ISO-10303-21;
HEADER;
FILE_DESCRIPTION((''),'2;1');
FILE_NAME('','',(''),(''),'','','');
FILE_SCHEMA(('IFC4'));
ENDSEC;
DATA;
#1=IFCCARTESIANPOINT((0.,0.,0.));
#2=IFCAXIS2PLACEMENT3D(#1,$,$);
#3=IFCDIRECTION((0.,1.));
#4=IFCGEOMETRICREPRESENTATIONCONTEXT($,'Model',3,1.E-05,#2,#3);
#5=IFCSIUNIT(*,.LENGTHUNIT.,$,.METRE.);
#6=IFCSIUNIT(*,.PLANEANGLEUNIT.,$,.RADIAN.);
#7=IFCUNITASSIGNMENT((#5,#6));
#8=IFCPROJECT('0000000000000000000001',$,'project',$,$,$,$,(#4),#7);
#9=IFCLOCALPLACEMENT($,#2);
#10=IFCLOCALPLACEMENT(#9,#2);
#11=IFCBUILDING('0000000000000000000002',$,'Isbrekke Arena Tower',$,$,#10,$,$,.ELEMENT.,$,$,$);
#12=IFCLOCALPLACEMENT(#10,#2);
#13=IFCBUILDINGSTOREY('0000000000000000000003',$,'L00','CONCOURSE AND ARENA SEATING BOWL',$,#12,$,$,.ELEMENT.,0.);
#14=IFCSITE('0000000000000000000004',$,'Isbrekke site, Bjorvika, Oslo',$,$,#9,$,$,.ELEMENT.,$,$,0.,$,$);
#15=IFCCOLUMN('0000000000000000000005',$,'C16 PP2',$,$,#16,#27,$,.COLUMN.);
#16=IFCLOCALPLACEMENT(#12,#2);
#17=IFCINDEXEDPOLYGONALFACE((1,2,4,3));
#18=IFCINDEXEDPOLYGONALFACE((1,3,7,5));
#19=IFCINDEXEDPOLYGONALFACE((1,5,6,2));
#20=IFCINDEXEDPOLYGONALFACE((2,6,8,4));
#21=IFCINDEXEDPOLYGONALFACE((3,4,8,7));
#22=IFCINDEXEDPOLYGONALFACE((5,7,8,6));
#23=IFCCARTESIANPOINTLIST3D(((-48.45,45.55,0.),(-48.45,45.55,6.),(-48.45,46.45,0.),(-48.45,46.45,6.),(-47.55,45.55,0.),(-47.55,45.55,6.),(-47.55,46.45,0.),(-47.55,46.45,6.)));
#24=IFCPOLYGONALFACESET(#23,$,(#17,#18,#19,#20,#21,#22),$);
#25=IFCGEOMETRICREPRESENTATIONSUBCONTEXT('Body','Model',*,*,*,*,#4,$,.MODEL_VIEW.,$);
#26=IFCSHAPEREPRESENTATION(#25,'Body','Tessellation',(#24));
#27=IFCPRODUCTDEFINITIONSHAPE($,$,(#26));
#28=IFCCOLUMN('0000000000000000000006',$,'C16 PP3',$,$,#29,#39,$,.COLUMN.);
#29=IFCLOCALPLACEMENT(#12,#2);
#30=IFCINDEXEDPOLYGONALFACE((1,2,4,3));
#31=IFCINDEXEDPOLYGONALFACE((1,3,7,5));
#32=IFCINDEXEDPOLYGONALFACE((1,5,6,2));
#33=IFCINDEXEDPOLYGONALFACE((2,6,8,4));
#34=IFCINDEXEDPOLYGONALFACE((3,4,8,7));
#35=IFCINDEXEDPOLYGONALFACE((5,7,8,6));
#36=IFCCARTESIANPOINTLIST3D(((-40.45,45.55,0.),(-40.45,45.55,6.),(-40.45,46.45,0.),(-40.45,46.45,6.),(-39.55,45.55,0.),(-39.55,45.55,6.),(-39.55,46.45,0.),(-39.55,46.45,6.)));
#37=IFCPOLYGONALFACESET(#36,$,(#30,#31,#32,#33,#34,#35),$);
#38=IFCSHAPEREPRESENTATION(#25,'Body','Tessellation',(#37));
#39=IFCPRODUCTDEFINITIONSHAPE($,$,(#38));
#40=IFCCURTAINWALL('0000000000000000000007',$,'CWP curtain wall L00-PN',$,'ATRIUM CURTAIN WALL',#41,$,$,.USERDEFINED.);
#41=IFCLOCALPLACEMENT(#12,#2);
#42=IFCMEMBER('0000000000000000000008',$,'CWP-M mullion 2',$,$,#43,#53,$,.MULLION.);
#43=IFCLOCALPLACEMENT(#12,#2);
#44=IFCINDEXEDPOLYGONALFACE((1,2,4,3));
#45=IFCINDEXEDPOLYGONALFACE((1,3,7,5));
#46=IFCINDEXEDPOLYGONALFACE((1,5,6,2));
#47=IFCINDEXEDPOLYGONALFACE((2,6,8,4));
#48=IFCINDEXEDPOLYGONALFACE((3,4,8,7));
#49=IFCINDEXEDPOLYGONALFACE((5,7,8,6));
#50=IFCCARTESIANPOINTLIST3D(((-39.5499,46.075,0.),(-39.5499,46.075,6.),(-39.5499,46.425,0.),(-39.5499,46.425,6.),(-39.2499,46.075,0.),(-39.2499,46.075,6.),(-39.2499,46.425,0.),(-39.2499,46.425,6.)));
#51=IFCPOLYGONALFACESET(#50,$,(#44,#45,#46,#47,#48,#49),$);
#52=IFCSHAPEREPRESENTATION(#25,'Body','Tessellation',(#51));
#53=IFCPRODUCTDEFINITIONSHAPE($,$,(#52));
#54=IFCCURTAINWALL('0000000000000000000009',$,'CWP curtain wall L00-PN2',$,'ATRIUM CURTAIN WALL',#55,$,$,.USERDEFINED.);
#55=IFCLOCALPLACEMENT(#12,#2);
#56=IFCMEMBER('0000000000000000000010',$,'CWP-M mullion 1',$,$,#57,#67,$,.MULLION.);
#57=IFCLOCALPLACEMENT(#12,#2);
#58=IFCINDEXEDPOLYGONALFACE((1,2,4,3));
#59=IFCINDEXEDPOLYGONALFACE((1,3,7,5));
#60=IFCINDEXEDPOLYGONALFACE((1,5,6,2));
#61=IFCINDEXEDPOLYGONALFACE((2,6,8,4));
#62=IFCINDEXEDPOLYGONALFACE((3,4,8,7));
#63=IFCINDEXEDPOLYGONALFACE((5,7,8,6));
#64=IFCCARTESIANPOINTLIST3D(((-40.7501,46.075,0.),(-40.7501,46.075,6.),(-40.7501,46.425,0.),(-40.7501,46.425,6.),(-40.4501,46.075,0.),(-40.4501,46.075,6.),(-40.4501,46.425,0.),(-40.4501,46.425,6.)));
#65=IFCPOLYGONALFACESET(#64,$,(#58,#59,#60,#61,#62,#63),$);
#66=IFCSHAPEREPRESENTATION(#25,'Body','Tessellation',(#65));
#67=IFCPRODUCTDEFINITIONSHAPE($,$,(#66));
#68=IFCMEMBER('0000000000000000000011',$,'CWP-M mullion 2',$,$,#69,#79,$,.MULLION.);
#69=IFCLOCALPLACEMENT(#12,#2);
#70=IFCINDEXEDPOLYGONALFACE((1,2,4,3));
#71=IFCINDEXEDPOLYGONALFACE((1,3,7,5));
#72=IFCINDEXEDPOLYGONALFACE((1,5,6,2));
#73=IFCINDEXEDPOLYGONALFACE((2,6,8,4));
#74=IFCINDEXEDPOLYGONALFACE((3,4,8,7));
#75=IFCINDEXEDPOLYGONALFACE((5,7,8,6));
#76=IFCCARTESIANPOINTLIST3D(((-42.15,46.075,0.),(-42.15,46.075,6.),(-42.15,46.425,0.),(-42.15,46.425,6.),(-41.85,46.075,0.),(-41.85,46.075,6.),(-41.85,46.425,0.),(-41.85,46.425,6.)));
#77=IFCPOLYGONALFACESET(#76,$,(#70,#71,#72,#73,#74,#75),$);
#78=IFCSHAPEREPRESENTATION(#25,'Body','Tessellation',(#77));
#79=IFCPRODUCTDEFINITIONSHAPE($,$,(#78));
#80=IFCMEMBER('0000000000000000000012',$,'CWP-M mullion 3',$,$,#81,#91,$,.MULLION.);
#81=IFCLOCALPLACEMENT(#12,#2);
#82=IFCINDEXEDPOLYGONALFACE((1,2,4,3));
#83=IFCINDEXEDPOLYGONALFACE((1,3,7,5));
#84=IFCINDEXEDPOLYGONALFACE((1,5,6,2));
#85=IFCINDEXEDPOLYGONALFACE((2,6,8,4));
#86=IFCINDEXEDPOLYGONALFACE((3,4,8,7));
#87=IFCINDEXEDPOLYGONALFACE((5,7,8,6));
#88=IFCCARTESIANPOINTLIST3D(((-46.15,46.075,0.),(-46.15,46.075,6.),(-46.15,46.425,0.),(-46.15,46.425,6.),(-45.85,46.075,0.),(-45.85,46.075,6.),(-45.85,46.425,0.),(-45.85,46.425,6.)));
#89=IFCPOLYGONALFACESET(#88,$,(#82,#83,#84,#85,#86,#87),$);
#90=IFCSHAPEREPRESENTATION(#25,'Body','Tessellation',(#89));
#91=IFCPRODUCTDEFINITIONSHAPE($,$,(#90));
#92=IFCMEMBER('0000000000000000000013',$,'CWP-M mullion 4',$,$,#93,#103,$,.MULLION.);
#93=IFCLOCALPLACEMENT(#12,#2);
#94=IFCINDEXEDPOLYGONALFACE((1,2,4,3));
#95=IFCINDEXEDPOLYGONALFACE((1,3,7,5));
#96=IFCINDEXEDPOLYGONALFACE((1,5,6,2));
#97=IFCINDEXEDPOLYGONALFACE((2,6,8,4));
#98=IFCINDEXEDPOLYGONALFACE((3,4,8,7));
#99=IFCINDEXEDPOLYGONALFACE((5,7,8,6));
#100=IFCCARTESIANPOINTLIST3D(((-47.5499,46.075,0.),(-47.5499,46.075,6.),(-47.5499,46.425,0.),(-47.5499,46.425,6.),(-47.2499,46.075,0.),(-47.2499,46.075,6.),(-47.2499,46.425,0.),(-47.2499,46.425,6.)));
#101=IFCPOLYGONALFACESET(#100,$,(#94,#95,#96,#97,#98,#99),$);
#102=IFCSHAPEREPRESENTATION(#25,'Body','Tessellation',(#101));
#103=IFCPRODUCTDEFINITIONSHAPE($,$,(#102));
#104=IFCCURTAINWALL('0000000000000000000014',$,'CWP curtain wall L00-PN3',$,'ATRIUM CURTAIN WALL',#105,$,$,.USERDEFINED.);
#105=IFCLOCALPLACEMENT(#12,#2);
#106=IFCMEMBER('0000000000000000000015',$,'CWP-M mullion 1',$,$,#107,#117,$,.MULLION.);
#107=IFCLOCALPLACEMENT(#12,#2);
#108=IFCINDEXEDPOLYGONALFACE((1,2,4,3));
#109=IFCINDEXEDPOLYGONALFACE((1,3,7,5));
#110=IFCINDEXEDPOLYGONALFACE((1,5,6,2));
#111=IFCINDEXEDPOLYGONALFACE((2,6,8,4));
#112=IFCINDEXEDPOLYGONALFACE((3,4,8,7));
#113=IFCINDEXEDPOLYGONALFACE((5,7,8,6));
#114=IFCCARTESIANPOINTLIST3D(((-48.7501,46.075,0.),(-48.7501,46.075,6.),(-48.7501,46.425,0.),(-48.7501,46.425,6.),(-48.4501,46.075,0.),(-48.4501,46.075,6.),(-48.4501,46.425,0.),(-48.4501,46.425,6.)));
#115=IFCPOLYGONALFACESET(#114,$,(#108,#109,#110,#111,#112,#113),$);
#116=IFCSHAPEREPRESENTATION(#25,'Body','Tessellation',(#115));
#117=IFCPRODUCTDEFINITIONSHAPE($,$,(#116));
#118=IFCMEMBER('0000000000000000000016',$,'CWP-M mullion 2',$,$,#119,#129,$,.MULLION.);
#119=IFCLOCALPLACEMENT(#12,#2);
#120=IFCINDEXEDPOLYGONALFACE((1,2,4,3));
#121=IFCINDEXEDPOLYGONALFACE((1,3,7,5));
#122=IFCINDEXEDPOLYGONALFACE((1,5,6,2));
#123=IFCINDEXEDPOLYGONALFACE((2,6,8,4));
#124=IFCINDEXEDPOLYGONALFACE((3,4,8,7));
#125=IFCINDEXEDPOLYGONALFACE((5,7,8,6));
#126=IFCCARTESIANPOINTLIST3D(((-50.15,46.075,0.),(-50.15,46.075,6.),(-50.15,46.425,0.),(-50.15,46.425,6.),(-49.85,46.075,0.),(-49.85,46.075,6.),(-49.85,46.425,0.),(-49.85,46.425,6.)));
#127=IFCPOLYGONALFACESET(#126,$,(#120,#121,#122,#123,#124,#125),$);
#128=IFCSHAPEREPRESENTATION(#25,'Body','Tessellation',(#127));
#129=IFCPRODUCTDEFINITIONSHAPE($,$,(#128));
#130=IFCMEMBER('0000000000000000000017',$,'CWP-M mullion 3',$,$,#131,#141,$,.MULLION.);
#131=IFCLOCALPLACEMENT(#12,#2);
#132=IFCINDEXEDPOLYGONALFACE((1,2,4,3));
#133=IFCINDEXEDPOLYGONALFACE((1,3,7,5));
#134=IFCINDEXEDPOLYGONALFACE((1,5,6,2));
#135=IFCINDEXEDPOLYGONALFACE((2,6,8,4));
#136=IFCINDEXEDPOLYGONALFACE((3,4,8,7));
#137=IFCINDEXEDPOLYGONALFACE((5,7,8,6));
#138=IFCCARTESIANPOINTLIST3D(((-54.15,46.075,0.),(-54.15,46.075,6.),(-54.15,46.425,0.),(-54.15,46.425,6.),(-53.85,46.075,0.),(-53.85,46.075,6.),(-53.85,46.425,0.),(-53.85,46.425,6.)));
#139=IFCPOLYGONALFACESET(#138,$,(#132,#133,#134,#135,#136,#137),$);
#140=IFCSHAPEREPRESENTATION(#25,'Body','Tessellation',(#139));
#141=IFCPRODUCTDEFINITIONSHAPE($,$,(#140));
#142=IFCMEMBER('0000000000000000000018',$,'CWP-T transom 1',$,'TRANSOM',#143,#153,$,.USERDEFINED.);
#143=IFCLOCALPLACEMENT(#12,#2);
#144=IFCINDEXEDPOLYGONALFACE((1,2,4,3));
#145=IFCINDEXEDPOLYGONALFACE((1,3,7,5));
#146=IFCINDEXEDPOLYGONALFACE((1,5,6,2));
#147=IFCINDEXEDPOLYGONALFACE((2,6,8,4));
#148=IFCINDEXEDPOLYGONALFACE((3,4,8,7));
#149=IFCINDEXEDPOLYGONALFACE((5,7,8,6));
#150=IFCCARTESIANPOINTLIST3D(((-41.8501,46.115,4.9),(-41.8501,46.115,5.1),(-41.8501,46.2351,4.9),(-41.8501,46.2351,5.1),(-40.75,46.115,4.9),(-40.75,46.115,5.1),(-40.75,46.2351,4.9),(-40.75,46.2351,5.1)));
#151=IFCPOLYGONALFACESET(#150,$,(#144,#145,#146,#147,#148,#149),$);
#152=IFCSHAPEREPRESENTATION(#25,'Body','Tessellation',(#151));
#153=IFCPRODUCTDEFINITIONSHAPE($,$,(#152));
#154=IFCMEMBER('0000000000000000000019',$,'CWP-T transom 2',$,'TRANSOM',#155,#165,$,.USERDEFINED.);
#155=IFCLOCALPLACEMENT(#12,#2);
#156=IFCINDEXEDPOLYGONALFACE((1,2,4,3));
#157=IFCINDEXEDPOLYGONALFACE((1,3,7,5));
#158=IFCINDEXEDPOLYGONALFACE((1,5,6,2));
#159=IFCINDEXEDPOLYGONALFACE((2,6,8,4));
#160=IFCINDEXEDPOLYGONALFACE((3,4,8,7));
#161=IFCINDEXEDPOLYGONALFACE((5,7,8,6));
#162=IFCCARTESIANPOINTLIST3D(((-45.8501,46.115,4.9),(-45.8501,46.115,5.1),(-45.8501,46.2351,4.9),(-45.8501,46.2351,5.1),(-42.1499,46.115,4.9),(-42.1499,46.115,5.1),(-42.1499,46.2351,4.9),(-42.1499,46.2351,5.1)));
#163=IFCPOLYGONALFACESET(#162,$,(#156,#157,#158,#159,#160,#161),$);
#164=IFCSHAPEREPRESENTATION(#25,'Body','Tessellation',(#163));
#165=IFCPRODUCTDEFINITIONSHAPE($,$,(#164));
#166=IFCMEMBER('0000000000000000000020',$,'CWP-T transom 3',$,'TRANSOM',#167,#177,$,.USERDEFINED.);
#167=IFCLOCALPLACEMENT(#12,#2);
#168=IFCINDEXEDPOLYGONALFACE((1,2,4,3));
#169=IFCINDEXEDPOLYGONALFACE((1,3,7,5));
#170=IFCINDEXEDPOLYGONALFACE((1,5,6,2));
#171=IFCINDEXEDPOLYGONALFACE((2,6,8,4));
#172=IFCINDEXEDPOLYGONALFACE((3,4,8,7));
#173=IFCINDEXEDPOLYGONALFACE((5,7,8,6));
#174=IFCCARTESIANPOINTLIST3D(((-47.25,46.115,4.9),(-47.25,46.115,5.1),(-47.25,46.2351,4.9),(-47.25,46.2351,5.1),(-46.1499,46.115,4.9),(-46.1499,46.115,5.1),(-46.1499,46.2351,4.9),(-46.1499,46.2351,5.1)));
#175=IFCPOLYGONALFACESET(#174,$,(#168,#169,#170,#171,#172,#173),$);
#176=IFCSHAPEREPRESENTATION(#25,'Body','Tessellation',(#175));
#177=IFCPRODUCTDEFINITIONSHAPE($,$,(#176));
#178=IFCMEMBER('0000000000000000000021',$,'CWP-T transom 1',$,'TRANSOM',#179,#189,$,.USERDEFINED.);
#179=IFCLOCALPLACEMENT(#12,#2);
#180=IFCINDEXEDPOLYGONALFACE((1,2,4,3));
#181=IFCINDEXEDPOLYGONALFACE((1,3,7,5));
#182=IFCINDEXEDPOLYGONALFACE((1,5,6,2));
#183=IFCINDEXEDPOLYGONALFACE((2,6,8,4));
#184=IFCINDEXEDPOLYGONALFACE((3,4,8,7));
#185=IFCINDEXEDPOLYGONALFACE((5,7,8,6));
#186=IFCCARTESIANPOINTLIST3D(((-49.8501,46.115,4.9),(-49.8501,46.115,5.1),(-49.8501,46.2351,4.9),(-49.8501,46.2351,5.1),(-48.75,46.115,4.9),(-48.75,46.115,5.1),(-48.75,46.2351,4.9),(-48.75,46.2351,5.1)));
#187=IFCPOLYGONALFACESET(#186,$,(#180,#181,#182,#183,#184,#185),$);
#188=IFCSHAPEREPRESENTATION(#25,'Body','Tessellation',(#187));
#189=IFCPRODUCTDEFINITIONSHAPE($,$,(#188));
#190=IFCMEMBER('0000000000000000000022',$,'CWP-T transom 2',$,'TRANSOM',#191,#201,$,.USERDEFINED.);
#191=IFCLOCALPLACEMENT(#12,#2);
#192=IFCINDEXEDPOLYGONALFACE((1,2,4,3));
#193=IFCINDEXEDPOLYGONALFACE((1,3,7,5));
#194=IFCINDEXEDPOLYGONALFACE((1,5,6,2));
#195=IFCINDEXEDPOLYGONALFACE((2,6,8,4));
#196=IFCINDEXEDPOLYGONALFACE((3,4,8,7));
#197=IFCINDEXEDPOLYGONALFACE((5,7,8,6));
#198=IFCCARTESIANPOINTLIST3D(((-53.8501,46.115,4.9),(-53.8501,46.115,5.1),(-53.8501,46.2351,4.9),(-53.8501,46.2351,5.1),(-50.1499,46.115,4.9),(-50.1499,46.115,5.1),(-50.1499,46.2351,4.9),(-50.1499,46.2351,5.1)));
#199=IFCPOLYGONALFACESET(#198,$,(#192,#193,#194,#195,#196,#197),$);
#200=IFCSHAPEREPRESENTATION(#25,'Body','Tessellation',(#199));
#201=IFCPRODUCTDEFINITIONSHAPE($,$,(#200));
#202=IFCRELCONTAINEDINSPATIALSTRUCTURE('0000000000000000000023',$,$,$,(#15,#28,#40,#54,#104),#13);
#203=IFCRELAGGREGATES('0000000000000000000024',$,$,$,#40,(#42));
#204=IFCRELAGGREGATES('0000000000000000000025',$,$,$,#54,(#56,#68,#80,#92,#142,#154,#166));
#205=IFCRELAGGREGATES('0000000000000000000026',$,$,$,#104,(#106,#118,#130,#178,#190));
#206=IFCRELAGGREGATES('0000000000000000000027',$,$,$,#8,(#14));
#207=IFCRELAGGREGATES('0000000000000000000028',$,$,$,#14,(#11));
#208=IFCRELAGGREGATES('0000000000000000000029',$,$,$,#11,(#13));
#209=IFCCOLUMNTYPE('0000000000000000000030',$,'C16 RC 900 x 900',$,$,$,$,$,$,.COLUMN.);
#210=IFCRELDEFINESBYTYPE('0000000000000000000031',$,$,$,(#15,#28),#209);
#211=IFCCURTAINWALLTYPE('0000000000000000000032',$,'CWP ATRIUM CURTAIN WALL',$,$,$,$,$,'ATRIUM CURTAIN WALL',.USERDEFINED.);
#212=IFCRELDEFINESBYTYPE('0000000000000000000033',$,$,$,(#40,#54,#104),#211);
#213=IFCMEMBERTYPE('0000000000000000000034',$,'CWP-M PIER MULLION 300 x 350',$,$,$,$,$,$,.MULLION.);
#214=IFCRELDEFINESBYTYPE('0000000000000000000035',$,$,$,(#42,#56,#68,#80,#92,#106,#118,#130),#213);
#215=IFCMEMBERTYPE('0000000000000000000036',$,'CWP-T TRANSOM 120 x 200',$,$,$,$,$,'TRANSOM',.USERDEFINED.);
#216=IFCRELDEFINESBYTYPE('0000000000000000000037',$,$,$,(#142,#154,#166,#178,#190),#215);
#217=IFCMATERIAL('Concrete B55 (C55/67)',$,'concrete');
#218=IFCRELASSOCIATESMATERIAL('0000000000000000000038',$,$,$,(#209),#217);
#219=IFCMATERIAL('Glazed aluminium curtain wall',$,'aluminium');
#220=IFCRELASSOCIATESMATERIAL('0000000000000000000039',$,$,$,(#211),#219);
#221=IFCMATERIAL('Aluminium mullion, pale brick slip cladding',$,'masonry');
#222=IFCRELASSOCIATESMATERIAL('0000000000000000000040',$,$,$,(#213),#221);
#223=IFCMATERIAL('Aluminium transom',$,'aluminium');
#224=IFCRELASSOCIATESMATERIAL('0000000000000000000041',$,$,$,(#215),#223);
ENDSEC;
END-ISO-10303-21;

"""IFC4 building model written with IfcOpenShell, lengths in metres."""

from ifc_helpers import new_model, si_unit, direction, frame, origin, origin_2d, place, context, subcontext, project, spatial, rectangle, extrude, material, material_profile, profile_set, type_object, element, aggregate, save


model = new_model("IFC4")

# Units and contexts
model_context = context("Model", 3, precision=1e-05, world=origin(), true_north=direction((0.0, 1.0)))
body_context = subcontext(model_context, "Body", "Model", "MODEL_VIEW")
ifc_project = project(units=[si_unit("LENGTHUNIT", "METRE"), si_unit("PLANEANGLEUNIT", "RADIAN")], contexts=[model_context])

# Site, building, storey
site_placement = place(None, origin())
site = spatial("IfcSite", under=ifc_project, at=site_placement, Name="Isbrekke site, Bjorvika, Oslo", CompositionType="ELEMENT", RefElevation=0.0)
building_placement = place(site_placement, origin())
building = spatial("IfcBuilding", under=site, at=building_placement, Name="Isbrekke Arena Tower", CompositionType="ELEMENT")
storey_placement = place(building_placement, origin())
storey = spatial("IfcBuildingStorey", under=building, at=storey_placement, Name="L00", Description="CONCOURSE AND ARENA SEATING BOWL", CompositionType="ELEMENT", Elevation=0.0)

# Columns
ifc_material_1 = material(Name="Concrete B55 (C55/67)", Category="concrete")
ifc_material_profile_1 = material_profile(ifc_material_1, rectangle(XDim=0.8999, YDim=0.8999, at=origin_2d()), Name="RC 900x900")
ifc_profile_set_1 = profile_set([ifc_material_profile_1], Name="Concrete B55 (C55/67)")
column_type = type_object("IfcColumnType", Name="C16 RC 900 x 900", PredefinedType="COLUMN", material=ifc_profile_set_1)
for number, where, z_axis, x_axis, name in (
    (1, (-48.0, 46.0, 0.0), (0.0, 0.0, 1.0), (1.0, 0.0, 0.0), "C16 PP2"),
    (2, (-40.0, 46.0, 0.0), (0.0, 0.0, 1.0), (1.0, 0.0, 0.0), "C16 PP3"),
):
    element("IfcColumn", number, at=place(storey_placement, frame(where, z_axis=z_axis, x_axis=x_axis)), inside=storey, type_object=column_type, Name=name, PredefinedType="COLUMN", context=body_context, shape_type="SweptSolid", body=[
        extrude(rectangle(XDim=0.8999, YDim=0.8999, at=origin_2d()), origin(), (0.0, 0.0, 1.0), 6.0),
    ])

# Curtain wall, member
ifc_material_2 = material(Name="Glazed aluminium curtain wall", Category="aluminium")
curtain_wall_type = type_object("IfcCurtainWallType", Name="CWP ATRIUM CURTAIN WALL", ElementType="ATRIUM CURTAIN WALL", PredefinedType="USERDEFINED", material=ifc_material_2)
curtain_wall_1_placement = place(storey_placement, origin())
curtain_wall_1 = element("IfcCurtainWall", 3, at=curtain_wall_1_placement, inside=storey, type_object=curtain_wall_type, Name="CWP curtain wall L00-PN", ObjectType="ATRIUM CURTAIN WALL", PredefinedType="USERDEFINED")
ifc_material_3 = material(Name="Aluminium mullion, pale brick slip cladding", Category="masonry")
ifc_material_profile_2 = material_profile(ifc_material_3, rectangle(XDim=0.3, YDim=0.3501, at=origin_2d()), Name="PIER 300X350")
ifc_profile_set_2 = profile_set([ifc_material_profile_2], Name="Aluminium mullion, pale brick slip cladding")
member_type_1 = type_object("IfcMemberType", Name="CWP-M PIER MULLION 300 x 350", PredefinedType="MULLION", material=ifc_profile_set_2)
member_1_placement = place(storey_placement, frame((-39.3999, 46.25, 0.0), z_axis=(0.0, 0.0, 1.0), x_axis=(-1.0, 0.0, 0.0)))
member_1 = element("IfcMember", 4, at=member_1_placement, type_object=member_type_1, Name="CWP-M mullion 2", PredefinedType="MULLION", context=body_context, shape_type="SweptSolid", body=[
    extrude(rectangle(XDim=0.3, YDim=0.3501, at=origin_2d()), origin(), (0.0, 0.0, 1.0), 6.0),
])

# Curtain walls, members
curtain_wall_2_placement = place(storey_placement, origin())
curtain_wall_2 = element("IfcCurtainWall", 5, at=curtain_wall_2_placement, inside=storey, type_object=curtain_wall_type, Name="CWP curtain wall L00-PN2", ObjectType="ATRIUM CURTAIN WALL", PredefinedType="USERDEFINED")
member_2_placement = place(storey_placement, frame((-40.6001, 46.25, 0.0), z_axis=(0.0, 0.0, 1.0), x_axis=(-1.0, 0.0, 0.0)))
member_2 = element("IfcMember", 6, at=member_2_placement, type_object=member_type_1, Name="CWP-M mullion 1", PredefinedType="MULLION", context=body_context, shape_type="SweptSolid", body=[
    extrude(rectangle(XDim=0.3, YDim=0.3501, at=origin_2d()), origin(), (0.0, 0.0, 1.0), 6.0),
])
member_3_placement = place(storey_placement, frame((-42.0, 46.25, 0.0), z_axis=(0.0, 0.0, 1.0), x_axis=(-1.0, 0.0, 0.0)))
member_3 = element("IfcMember", 7, at=member_3_placement, type_object=member_type_1, Name="CWP-M mullion 2", PredefinedType="MULLION", context=body_context, shape_type="SweptSolid", body=[
    extrude(rectangle(XDim=0.3, YDim=0.3501, at=origin_2d()), origin(), (0.0, 0.0, 1.0), 6.0),
])
member_4_placement = place(storey_placement, frame((-46.0, 46.25, 0.0), z_axis=(0.0, 0.0, 1.0), x_axis=(-1.0, 0.0, 0.0)))
member_4 = element("IfcMember", 8, at=member_4_placement, type_object=member_type_1, Name="CWP-M mullion 3", PredefinedType="MULLION", context=body_context, shape_type="SweptSolid", body=[
    extrude(rectangle(XDim=0.3, YDim=0.3501, at=origin_2d()), origin(), (0.0, 0.0, 1.0), 6.0),
])
member_5_placement = place(storey_placement, frame((-47.3999, 46.25, 0.0), z_axis=(0.0, 0.0, 1.0), x_axis=(-1.0, 0.0, 0.0)))
member_5 = element("IfcMember", 9, at=member_5_placement, type_object=member_type_1, Name="CWP-M mullion 4", PredefinedType="MULLION", context=body_context, shape_type="SweptSolid", body=[
    extrude(rectangle(XDim=0.3, YDim=0.3501, at=origin_2d()), origin(), (0.0, 0.0, 1.0), 6.0),
])
curtain_wall_3_placement = place(storey_placement, origin())
curtain_wall_3 = element("IfcCurtainWall", 10, at=curtain_wall_3_placement, inside=storey, type_object=curtain_wall_type, Name="CWP curtain wall L00-PN3", ObjectType="ATRIUM CURTAIN WALL", PredefinedType="USERDEFINED")
member_6_placement = place(storey_placement, frame((-48.6001, 46.25, 0.0), z_axis=(0.0, 0.0, 1.0), x_axis=(-1.0, 0.0, 0.0)))
member_6 = element("IfcMember", 11, at=member_6_placement, type_object=member_type_1, Name="CWP-M mullion 1", PredefinedType="MULLION", context=body_context, shape_type="SweptSolid", body=[
    extrude(rectangle(XDim=0.3, YDim=0.3501, at=origin_2d()), origin(), (0.0, 0.0, 1.0), 6.0),
])
member_7_placement = place(storey_placement, frame((-50.0, 46.25, 0.0), z_axis=(0.0, 0.0, 1.0), x_axis=(-1.0, 0.0, 0.0)))
member_7 = element("IfcMember", 12, at=member_7_placement, type_object=member_type_1, Name="CWP-M mullion 2", PredefinedType="MULLION", context=body_context, shape_type="SweptSolid", body=[
    extrude(rectangle(XDim=0.3, YDim=0.3501, at=origin_2d()), origin(), (0.0, 0.0, 1.0), 6.0),
])
member_8_placement = place(storey_placement, frame((-54.0, 46.25, 0.0), z_axis=(0.0, 0.0, 1.0), x_axis=(-1.0, 0.0, 0.0)))
member_8 = element("IfcMember", 13, at=member_8_placement, type_object=member_type_1, Name="CWP-M mullion 3", PredefinedType="MULLION", context=body_context, shape_type="SweptSolid", body=[
    extrude(rectangle(XDim=0.3, YDim=0.3501, at=origin_2d()), origin(), (0.0, 0.0, 1.0), 6.0),
])

# Members
ifc_material_4 = material(Name="Aluminium transom", Category="aluminium")
ifc_material_profile_3 = material_profile(ifc_material_4, rectangle(XDim=0.1201, YDim=0.2, at=origin_2d()), Name="TRANSOM 120X200")
ifc_profile_set_3 = profile_set([ifc_material_profile_3], Name="Aluminium transom")
member_type_2 = type_object("IfcMemberType", Name="CWP-T TRANSOM 120 x 200", ElementType="TRANSOM", PredefinedType="USERDEFINED", material=ifc_profile_set_3)
member_9_placement = place(storey_placement, frame((-40.75, 46.175, 5.0), z_axis=(-1.0, 0.0, 0.0), x_axis=(0.0, -1.0, 0.0)))
member_9 = element("IfcMember", 14, at=member_9_placement, type_object=member_type_2, Name="CWP-T transom 1", ObjectType="TRANSOM", PredefinedType="USERDEFINED", context=body_context, shape_type="SweptSolid", body=[
    extrude(rectangle(XDim=0.1201, YDim=0.2, at=origin_2d()), origin(), (0.0, 0.0, 1.0), 1.1001),
])
member_10_placement = place(storey_placement, frame((-42.1499, 46.175, 5.0), z_axis=(-1.0, 0.0, 0.0), x_axis=(0.0, -1.0, 0.0)))
member_10 = element("IfcMember", 15, at=member_10_placement, type_object=member_type_2, Name="CWP-T transom 2", ObjectType="TRANSOM", PredefinedType="USERDEFINED", context=body_context, shape_type="SweptSolid", body=[
    extrude(rectangle(XDim=0.1201, YDim=0.2, at=origin_2d()), origin(), (0.0, 0.0, 1.0), 3.7002),
])
member_11_placement = place(storey_placement, frame((-46.1499, 46.175, 5.0), z_axis=(-1.0, 0.0, 0.0), x_axis=(0.0, -1.0, 0.0)))
member_11 = element("IfcMember", 16, at=member_11_placement, type_object=member_type_2, Name="CWP-T transom 3", ObjectType="TRANSOM", PredefinedType="USERDEFINED", context=body_context, shape_type="SweptSolid", body=[
    extrude(rectangle(XDim=0.1201, YDim=0.2, at=origin_2d()), origin(), (0.0, 0.0, 1.0), 1.1001),
])
member_12_placement = place(storey_placement, frame((-48.75, 46.175, 5.0), z_axis=(-1.0, 0.0, 0.0), x_axis=(0.0, -1.0, 0.0)))
member_12 = element("IfcMember", 17, at=member_12_placement, type_object=member_type_2, Name="CWP-T transom 1", ObjectType="TRANSOM", PredefinedType="USERDEFINED", context=body_context, shape_type="SweptSolid", body=[
    extrude(rectangle(XDim=0.1201, YDim=0.2, at=origin_2d()), origin(), (0.0, 0.0, 1.0), 1.1001),
])
member_13_placement = place(storey_placement, frame((-50.1499, 46.175, 5.0), z_axis=(-1.0, 0.0, 0.0), x_axis=(0.0, -1.0, 0.0)))
member_13 = element("IfcMember", 18, at=member_13_placement, type_object=member_type_2, Name="CWP-T transom 2", ObjectType="TRANSOM", PredefinedType="USERDEFINED", context=body_context, shape_type="SweptSolid", body=[
    extrude(rectangle(XDim=0.1201, YDim=0.2, at=origin_2d()), origin(), (0.0, 0.0, 1.0), 3.7002),
])

aggregate(curtain_wall_1, [member_1])
aggregate(curtain_wall_2, [member_2, member_3, member_4, member_5, member_9, member_10, member_11])
aggregate(curtain_wall_3, [member_6, member_7, member_8, member_12, member_13])

save(model, "model.ifc")
